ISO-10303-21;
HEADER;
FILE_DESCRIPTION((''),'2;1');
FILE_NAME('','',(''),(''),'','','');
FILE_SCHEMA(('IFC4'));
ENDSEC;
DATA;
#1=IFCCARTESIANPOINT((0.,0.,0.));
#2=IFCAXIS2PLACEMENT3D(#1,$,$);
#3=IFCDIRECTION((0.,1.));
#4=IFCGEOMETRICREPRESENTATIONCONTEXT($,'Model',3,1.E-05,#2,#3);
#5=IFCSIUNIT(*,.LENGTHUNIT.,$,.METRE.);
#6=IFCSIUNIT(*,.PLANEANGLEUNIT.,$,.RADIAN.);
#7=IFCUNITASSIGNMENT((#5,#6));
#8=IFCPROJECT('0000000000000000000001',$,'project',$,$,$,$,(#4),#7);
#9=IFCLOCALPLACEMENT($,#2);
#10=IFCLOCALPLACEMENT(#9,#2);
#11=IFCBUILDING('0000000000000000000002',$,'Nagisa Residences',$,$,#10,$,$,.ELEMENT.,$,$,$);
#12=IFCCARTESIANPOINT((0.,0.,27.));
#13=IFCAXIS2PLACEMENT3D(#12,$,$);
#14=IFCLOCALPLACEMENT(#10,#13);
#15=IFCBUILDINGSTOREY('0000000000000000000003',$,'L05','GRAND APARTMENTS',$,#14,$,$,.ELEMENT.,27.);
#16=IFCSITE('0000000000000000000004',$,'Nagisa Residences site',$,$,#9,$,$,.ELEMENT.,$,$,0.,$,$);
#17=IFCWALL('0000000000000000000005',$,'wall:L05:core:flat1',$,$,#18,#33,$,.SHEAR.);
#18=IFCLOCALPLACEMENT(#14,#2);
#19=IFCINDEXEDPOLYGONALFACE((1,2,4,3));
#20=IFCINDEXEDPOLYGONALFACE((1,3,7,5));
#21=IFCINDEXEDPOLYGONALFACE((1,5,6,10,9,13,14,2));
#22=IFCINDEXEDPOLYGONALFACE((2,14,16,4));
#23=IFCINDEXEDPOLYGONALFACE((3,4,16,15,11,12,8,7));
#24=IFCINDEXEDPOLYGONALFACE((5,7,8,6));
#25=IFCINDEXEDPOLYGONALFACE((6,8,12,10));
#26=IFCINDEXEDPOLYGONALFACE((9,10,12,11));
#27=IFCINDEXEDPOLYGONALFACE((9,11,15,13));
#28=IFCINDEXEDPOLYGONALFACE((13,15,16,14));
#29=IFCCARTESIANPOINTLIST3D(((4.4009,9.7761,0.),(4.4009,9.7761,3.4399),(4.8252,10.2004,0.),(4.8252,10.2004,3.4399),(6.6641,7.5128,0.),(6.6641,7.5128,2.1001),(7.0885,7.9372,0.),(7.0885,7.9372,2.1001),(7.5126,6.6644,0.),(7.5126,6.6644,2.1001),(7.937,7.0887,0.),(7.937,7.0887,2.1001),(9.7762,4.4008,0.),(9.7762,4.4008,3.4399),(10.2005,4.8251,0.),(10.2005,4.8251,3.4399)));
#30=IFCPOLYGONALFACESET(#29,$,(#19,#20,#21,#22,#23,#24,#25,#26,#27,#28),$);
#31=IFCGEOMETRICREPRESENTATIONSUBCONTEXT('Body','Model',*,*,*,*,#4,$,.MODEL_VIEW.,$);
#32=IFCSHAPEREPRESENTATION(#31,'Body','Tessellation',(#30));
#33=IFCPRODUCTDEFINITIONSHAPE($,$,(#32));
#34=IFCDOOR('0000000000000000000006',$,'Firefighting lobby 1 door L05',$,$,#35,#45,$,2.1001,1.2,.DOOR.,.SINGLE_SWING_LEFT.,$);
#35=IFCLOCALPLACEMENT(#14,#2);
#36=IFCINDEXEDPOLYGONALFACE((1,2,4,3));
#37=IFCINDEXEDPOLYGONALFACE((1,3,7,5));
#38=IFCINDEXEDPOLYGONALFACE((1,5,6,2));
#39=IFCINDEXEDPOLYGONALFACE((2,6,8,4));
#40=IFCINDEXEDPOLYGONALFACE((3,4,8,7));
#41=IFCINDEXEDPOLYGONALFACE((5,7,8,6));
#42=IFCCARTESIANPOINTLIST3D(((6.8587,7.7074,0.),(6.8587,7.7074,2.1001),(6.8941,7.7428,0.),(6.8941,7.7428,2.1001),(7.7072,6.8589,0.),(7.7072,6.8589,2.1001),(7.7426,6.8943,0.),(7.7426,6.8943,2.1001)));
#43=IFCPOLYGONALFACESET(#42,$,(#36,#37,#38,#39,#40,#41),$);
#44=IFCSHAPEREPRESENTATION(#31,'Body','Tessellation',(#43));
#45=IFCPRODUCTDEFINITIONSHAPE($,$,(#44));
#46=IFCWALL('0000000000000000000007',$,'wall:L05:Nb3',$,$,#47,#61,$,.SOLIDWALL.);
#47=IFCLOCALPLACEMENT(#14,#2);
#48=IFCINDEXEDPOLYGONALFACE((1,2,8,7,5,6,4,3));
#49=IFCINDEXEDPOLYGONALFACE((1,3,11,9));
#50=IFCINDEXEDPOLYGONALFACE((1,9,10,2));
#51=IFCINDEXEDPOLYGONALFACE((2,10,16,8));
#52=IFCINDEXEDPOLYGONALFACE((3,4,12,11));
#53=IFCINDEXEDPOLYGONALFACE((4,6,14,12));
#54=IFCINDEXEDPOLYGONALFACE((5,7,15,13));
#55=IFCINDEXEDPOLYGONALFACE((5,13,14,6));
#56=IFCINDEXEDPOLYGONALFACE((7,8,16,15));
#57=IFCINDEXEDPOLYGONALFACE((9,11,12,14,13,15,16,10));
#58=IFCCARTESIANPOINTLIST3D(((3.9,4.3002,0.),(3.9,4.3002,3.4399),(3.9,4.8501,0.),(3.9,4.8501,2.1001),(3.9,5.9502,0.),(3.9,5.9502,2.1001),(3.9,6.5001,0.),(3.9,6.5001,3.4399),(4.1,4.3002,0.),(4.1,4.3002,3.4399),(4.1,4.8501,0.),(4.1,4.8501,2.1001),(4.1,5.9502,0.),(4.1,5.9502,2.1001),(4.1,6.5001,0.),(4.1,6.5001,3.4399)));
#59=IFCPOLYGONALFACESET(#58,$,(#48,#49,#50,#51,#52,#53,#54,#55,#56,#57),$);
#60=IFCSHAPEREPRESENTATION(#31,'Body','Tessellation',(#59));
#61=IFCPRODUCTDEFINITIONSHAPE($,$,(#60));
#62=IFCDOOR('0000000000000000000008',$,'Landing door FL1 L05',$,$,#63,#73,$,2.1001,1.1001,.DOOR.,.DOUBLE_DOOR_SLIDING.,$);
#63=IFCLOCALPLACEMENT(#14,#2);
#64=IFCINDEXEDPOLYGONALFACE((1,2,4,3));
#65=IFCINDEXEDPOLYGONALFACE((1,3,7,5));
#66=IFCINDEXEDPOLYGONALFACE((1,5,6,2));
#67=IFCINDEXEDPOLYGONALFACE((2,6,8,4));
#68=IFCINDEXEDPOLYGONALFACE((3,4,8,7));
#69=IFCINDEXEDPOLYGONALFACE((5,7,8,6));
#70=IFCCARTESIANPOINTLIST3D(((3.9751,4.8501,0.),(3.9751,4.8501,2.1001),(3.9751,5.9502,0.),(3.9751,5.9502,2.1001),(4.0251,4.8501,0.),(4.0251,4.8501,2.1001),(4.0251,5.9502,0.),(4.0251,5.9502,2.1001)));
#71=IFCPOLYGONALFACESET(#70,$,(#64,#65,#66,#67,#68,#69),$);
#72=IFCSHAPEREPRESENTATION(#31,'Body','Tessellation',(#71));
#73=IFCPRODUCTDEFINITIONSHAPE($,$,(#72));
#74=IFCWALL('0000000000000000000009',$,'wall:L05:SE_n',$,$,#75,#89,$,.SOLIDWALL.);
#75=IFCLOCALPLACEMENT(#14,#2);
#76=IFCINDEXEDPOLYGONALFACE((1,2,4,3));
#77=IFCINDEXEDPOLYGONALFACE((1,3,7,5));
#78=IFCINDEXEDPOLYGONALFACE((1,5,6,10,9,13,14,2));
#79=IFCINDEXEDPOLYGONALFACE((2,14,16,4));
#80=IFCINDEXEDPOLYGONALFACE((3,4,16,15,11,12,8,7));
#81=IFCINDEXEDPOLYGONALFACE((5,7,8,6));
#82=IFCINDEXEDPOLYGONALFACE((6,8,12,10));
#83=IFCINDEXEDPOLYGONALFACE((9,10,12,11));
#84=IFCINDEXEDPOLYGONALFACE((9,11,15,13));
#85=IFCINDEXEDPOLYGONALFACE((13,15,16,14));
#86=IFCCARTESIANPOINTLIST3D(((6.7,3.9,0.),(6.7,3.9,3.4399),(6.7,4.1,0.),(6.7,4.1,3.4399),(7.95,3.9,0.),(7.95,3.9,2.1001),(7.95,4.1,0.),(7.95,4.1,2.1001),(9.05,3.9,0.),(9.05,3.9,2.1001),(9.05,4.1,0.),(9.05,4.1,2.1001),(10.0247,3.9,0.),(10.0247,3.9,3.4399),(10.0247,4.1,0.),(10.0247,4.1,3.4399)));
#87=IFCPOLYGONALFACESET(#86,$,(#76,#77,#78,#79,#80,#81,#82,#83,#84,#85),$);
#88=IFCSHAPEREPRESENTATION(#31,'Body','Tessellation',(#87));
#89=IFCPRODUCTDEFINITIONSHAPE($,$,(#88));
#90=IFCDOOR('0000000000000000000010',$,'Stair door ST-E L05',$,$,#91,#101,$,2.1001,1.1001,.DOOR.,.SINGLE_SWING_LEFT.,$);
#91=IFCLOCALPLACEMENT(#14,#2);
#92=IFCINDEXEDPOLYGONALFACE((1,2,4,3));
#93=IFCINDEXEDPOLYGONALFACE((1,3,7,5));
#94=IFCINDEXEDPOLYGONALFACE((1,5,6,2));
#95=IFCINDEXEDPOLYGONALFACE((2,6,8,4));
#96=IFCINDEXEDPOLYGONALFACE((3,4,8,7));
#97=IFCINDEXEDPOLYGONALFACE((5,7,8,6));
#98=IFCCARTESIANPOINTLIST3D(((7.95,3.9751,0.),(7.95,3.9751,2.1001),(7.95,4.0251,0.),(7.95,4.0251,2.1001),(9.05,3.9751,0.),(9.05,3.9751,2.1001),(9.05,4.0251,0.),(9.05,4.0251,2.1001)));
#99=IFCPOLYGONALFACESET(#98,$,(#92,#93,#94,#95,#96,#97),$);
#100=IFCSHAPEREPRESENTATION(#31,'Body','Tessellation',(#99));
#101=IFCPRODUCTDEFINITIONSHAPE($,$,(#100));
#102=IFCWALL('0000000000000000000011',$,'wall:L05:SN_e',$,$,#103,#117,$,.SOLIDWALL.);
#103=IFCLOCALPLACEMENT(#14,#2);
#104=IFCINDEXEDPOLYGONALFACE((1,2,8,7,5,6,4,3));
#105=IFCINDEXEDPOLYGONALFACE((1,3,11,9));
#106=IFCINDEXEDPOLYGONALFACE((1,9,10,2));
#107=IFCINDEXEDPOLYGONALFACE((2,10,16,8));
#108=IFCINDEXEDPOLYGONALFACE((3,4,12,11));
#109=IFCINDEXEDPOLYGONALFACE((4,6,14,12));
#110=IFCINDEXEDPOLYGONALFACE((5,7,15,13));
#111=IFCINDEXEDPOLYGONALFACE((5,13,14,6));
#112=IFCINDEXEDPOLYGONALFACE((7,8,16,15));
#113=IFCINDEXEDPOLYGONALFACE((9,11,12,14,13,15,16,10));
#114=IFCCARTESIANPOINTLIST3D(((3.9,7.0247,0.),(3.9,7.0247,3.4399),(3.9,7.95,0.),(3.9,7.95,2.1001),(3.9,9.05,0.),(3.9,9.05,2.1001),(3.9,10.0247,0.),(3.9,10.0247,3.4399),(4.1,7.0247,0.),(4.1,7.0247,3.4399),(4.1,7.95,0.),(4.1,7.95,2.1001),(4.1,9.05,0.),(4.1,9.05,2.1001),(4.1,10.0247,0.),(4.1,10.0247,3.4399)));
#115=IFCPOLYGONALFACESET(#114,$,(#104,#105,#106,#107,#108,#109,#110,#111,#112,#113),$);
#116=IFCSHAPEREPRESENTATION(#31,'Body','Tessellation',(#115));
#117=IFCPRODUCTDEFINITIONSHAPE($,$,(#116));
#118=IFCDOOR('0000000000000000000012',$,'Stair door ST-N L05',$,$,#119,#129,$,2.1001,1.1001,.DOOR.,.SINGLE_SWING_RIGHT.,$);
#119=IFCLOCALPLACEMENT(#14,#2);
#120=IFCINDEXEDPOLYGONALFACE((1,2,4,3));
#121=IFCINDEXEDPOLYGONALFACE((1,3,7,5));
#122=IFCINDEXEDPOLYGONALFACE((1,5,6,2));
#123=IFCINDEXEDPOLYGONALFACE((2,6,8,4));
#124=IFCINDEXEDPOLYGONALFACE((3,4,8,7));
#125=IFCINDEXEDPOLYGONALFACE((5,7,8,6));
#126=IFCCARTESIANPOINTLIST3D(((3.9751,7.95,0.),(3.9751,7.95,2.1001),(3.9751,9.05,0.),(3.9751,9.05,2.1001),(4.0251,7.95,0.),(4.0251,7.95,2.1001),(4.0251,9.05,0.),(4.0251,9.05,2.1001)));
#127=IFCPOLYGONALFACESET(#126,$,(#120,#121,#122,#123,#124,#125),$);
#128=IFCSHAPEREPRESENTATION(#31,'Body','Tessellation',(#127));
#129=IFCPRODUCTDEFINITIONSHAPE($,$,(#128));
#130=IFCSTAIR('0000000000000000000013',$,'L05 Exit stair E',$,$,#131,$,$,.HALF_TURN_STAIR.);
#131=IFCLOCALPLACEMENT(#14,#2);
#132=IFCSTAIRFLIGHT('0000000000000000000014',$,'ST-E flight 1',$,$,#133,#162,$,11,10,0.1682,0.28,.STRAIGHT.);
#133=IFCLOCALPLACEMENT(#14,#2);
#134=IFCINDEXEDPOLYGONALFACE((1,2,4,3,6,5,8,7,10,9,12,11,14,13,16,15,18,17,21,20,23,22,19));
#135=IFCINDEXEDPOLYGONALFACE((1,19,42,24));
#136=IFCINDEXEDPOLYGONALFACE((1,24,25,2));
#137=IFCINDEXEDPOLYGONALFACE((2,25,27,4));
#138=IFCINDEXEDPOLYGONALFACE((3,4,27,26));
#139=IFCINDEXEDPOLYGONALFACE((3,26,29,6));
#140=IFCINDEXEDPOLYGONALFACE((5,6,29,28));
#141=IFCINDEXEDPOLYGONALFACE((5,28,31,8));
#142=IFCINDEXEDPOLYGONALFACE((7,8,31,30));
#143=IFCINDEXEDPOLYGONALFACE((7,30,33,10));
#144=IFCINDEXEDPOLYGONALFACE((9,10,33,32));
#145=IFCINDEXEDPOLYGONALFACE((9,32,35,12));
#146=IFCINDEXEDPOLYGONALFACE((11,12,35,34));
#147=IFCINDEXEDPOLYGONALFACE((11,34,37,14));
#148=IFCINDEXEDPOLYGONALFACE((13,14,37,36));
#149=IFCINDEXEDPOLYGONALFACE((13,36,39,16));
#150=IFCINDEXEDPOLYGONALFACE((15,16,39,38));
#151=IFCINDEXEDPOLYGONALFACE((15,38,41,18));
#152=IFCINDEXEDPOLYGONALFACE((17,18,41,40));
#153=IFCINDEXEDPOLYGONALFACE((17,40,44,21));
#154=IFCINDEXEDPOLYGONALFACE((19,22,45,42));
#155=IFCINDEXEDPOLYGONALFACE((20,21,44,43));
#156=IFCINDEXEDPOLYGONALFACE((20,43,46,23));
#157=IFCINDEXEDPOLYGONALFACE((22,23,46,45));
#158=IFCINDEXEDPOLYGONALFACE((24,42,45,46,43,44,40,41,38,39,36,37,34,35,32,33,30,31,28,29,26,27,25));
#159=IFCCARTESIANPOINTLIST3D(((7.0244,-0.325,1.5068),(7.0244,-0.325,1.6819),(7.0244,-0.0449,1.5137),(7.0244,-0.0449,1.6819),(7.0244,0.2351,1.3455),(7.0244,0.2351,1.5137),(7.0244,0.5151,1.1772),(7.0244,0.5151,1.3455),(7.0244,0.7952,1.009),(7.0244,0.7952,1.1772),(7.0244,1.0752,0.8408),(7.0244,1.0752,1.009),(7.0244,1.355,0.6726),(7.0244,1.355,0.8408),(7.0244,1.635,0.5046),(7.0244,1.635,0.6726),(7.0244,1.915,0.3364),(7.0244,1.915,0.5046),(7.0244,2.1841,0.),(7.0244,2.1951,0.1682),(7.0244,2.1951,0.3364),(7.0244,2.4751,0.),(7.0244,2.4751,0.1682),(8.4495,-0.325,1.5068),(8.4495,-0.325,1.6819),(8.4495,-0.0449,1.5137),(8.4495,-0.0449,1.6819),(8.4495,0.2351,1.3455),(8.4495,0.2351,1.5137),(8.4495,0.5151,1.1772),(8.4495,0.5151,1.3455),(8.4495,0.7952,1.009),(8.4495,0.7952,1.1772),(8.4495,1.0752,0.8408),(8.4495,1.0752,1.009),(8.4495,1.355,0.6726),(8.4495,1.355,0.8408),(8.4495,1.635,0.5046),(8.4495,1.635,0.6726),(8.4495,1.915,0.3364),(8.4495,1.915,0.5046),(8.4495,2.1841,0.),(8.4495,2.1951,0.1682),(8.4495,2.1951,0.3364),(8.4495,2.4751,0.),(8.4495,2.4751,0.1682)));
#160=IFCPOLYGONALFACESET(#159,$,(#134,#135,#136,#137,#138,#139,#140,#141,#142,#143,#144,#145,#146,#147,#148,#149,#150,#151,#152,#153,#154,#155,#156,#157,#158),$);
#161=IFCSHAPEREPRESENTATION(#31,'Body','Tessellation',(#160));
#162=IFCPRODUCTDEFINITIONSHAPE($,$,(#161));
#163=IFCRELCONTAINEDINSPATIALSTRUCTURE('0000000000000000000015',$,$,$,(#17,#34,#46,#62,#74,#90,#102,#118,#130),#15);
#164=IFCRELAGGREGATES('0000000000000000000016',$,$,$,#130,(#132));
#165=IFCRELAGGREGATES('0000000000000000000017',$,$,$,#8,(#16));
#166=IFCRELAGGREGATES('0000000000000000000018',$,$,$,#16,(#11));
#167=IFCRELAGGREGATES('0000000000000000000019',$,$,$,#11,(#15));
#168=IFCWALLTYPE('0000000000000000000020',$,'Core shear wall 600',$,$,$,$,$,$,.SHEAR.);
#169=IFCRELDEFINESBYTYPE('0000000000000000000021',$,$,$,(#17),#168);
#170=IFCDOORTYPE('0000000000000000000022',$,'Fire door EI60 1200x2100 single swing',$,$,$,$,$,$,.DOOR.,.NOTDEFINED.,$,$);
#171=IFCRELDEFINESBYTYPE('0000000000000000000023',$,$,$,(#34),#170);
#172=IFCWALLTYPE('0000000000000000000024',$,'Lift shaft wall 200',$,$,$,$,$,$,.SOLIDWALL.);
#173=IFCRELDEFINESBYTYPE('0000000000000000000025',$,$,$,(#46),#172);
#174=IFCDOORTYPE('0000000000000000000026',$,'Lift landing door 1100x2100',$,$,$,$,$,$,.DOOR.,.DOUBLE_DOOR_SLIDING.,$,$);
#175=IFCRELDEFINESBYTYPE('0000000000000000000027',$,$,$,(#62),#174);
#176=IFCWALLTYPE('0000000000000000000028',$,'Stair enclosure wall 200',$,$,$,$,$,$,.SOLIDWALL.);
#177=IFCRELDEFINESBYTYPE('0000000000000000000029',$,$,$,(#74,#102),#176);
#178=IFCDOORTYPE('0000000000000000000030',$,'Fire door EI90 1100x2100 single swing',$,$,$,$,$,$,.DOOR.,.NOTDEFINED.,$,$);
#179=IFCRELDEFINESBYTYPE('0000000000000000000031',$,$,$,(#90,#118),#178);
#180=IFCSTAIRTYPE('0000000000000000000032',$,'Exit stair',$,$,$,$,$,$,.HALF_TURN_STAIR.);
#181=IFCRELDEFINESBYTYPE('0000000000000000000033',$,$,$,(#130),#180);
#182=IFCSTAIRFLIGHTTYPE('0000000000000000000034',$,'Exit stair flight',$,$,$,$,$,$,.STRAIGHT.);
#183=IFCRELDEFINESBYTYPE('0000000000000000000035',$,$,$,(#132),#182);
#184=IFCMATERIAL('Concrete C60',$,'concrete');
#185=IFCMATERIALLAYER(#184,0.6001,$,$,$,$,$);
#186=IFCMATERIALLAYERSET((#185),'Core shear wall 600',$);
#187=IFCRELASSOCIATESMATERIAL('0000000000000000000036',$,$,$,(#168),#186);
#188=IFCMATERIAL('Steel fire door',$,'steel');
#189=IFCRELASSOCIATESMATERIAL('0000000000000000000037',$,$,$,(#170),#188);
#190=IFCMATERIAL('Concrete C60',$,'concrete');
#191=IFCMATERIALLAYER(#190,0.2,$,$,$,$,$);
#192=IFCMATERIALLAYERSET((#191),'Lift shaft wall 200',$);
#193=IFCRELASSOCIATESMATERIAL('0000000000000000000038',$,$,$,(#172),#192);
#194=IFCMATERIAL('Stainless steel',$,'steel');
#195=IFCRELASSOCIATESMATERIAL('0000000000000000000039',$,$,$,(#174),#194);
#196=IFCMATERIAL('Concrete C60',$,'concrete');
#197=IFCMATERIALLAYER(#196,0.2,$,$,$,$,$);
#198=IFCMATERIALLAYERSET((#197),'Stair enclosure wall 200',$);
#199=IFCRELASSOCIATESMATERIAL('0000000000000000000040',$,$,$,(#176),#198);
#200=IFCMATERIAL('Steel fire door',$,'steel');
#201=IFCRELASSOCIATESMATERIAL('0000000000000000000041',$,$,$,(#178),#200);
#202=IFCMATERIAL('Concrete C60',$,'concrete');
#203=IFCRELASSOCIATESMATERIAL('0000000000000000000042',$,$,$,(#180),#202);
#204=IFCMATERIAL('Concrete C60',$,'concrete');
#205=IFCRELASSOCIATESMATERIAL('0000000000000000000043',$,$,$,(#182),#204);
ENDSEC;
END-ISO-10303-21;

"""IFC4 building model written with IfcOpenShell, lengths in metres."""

from ifc_helpers import new_model, si_unit, direction, frame, frame_2d, origin, place, context, subcontext, project, spatial, polyline, rectangle, outline, extrude, material, layer, layer_set, type_object, element, fill, aggregate, save


model = new_model("IFC4")

# Units and contexts
model_context = context("Model", 3, precision=1e-05, world=origin(), true_north=direction((0.0, 1.0)))
body_context = subcontext(model_context, "Body", "Model", "MODEL_VIEW")
ifc_project = project(units=[si_unit("LENGTHUNIT", "METRE"), si_unit("PLANEANGLEUNIT", "RADIAN")], contexts=[model_context])

# Site, building, storey
site_placement = place(None, origin())
site = spatial("IfcSite", under=ifc_project, at=site_placement, Name="Nagisa Residences site", CompositionType="ELEMENT", RefElevation=0.0)
building_placement = place(site_placement, origin())
building = spatial("IfcBuilding", under=site, at=building_placement, Name="Nagisa Residences", CompositionType="ELEMENT")
storey_placement = place(building_placement, frame((0.0, 0.0, 27.0)))
storey = spatial("IfcBuildingStorey", under=building, at=storey_placement, Name="L05", Description="GRAND APARTMENTS", CompositionType="ELEMENT", Elevation=27.0)

# Walls, openings, doors
ifc_material_1 = material(Name="Concrete C60", Category="concrete")
ifc_layer_1 = layer(ifc_material_1, 0.6001)
ifc_layer_set_1 = layer_set([ifc_layer_1], Name="Core shear wall 600")
wall_type_1 = type_object("IfcWallType", Name="Core shear wall 600", PredefinedType="SHEAR", material=ifc_layer_set_1)
wall_1_placement = place(storey_placement, frame((9.9883, 4.613, 0.0), z_axis=(0.0, 0.0, 1.0), x_axis=(-0.707107, 0.707107, 0.0)))
wall_1 = element("IfcWall", 1, at=wall_1_placement, inside=storey, type_object=wall_type_1, Name="wall:L05:core:flat1", PredefinedType="SHEAR", context=body_context, shape_type="SweptSolid", body=[
    extrude(rectangle(XDim=7.6018, YDim=0.6001, at=frame_2d((3.8008, 0.0))), origin(), (0.0, 0.0, 1.0), 3.4399),
])
opening_1_placement = place(wall_1_placement, frame((3.2009, 0.0, 0.0)))
opening_1 = element("IfcOpeningElement", 2, at=opening_1_placement, cuts=wall_1, PredefinedType="OPENING", context=body_context, shape_type="SweptSolid", body=[
    extrude(rectangle(XDim=1.2, YDim=2.1001, at=frame_2d((0.6001, 1.05))), frame((0.0, 0.3101, 0.0), z_axis=(0.0, -1.0, 0.0), x_axis=(1.0, 0.0, 0.0)), (0.0, 0.0, 1.0), 0.6201),
])
ifc_material_2 = material(Name="Steel fire door", Category="steel")
door_type_1 = type_object("IfcDoorType", Name="Fire door EI60 1200x2100 single swing", OperationType="NOTDEFINED", PredefinedType="DOOR", material=ifc_material_2)
door_1_placement = place(opening_1_placement, origin())
door_1 = element("IfcDoor", 3, at=door_1_placement, inside=storey, type_object=door_type_1, Name="Firefighting lobby 1 door L05", OperationType="SINGLE_SWING_LEFT", OverallHeight=2.1001, OverallWidth=1.2, PredefinedType="DOOR", context=body_context, shape_type="SweptSolid", body=[
    extrude(rectangle(XDim=1.2, YDim=2.1001, at=frame_2d((0.6001, 1.05))), frame((0.0, 0.0249, 0.0), z_axis=(0.0, -1.0, 0.0), x_axis=(1.0, 0.0, 0.0)), (0.0, 0.0, 1.0), 0.05),
])
fill(opening_1, door_1)
ifc_material_3 = material(Name="Concrete C60", Category="concrete")
ifc_layer_2 = layer(ifc_material_3, 0.2)
ifc_layer_set_2 = layer_set([ifc_layer_2], Name="Lift shaft wall 200")
wall_type_2 = type_object("IfcWallType", Name="Lift shaft wall 200", PredefinedType="SOLIDWALL", material=ifc_layer_set_2)
wall_2_placement = place(storey_placement, frame((4.0, 4.3, 0.0), z_axis=(0.0, 0.0, 1.0), x_axis=(0.0, 1.0, 0.0)))
wall_2 = element("IfcWall", 4, at=wall_2_placement, inside=storey, type_object=wall_type_2, Name="wall:L05:Nb3", PredefinedType="SOLIDWALL", context=body_context, shape_type="SweptSolid", body=[
    extrude(rectangle(XDim=2.2, YDim=0.2, at=frame_2d((1.1001, 0.0))), origin(), (0.0, 0.0, 1.0), 3.4399),
])
opening_2_placement = place(wall_2_placement, frame((0.55, 0.0, 0.0)))
opening_2 = element("IfcOpeningElement", 5, at=opening_2_placement, cuts=wall_2, PredefinedType="OPENING", context=body_context, shape_type="SweptSolid", body=[
    extrude(rectangle(XDim=1.1001, YDim=2.1001, at=frame_2d((0.55, 1.05))), frame((0.0, 0.1099, 0.0), z_axis=(0.0, -1.0, 0.0), x_axis=(1.0, 0.0, 0.0)), (0.0, 0.0, 1.0), 0.22),
])
ifc_material_4 = material(Name="Stainless steel", Category="steel")
door_type_2 = type_object("IfcDoorType", Name="Lift landing door 1100x2100", OperationType="DOUBLE_DOOR_SLIDING", PredefinedType="DOOR", material=ifc_material_4)
door_2_placement = place(opening_2_placement, origin())
door_2 = element("IfcDoor", 6, at=door_2_placement, inside=storey, type_object=door_type_2, Name="Landing door FL1 L05", OperationType="DOUBLE_DOOR_SLIDING", OverallHeight=2.1001, OverallWidth=1.1001, PredefinedType="DOOR", context=body_context, shape_type="SweptSolid", body=[
    extrude(rectangle(XDim=1.1001, YDim=2.1001, at=frame_2d((0.55, 1.05))), frame((0.0, 0.0249, 0.0), z_axis=(0.0, -1.0, 0.0), x_axis=(1.0, 0.0, 0.0)), (0.0, 0.0, 1.0), 0.05),
])
fill(opening_2, door_2)
ifc_material_5 = material(Name="Concrete C60", Category="concrete")
ifc_layer_3 = layer(ifc_material_5, 0.2)
ifc_layer_set_3 = layer_set([ifc_layer_3], Name="Stair enclosure wall 200")
wall_type_3 = type_object("IfcWallType", Name="Stair enclosure wall 200", PredefinedType="SOLIDWALL", material=ifc_layer_set_3)
wall_3_placement = place(storey_placement, frame((6.7, 4.0, 0.0), z_axis=(0.0, 0.0, 1.0), x_axis=(1.0, 0.0, 0.0)))
wall_3 = element("IfcWall", 7, at=wall_3_placement, inside=storey, type_object=wall_type_3, Name="wall:L05:SE_n", PredefinedType="SOLIDWALL", context=body_context, shape_type="SweptSolid", body=[
    extrude(rectangle(XDim=3.3247, YDim=0.2, at=frame_2d((1.6624, 0.0))), origin(), (0.0, 0.0, 1.0), 3.4399),
])
opening_3_placement = place(wall_3_placement, frame((1.25, 0.0, 0.0)))
opening_3 = element("IfcOpeningElement", 8, at=opening_3_placement, cuts=wall_3, PredefinedType="OPENING", context=body_context, shape_type="SweptSolid", body=[
    extrude(rectangle(XDim=1.1001, YDim=2.1001, at=frame_2d((0.55, 1.05))), frame((0.0, 0.1099, 0.0), z_axis=(0.0, -1.0, 0.0), x_axis=(1.0, 0.0, 0.0)), (0.0, 0.0, 1.0), 0.22),
])
ifc_material_6 = material(Name="Steel fire door", Category="steel")
door_type_3 = type_object("IfcDoorType", Name="Fire door EI90 1100x2100 single swing", OperationType="NOTDEFINED", PredefinedType="DOOR", material=ifc_material_6)
door_3_placement = place(opening_3_placement, frame((1.1001, 0.0, 0.0), x_axis=(-1.0, 0.0, 0.0)))
door_3 = element("IfcDoor", 9, at=door_3_placement, inside=storey, type_object=door_type_3, Name="Stair door ST-E L05", OperationType="SINGLE_SWING_LEFT", OverallHeight=2.1001, OverallWidth=1.1001, PredefinedType="DOOR", context=body_context, shape_type="SweptSolid", body=[
    extrude(rectangle(XDim=1.1001, YDim=2.1001, at=frame_2d((0.55, 1.05))), frame((0.0, 0.0249, 0.0), z_axis=(0.0, -1.0, 0.0), x_axis=(1.0, 0.0, 0.0)), (0.0, 0.0, 1.0), 0.05),
])
fill(opening_3, door_3)
wall_4_placement = place(storey_placement, frame((4.0, 7.0247, 0.0), z_axis=(0.0, 0.0, 1.0), x_axis=(0.0, 1.0, 0.0)))
wall_4 = element("IfcWall", 10, at=wall_4_placement, inside=storey, type_object=wall_type_3, Name="wall:L05:SN_e", PredefinedType="SOLIDWALL", context=body_context, shape_type="SweptSolid", body=[
    extrude(rectangle(XDim=3.0, YDim=0.2, at=frame_2d((1.5, 0.0))), origin(), (0.0, 0.0, 1.0), 3.4399),
])
opening_4_placement = place(wall_4_placement, frame((0.9253, 0.0, 0.0)))
opening_4 = element("IfcOpeningElement", 11, at=opening_4_placement, cuts=wall_4, PredefinedType="OPENING", context=body_context, shape_type="SweptSolid", body=[
    extrude(rectangle(XDim=1.1001, YDim=2.1001, at=frame_2d((0.55, 1.05))), frame((0.0, 0.1099, 0.0), z_axis=(0.0, -1.0, 0.0), x_axis=(1.0, 0.0, 0.0)), (0.0, 0.0, 1.0), 0.22),
])
door_4_placement = place(opening_4_placement, origin())
door_4 = element("IfcDoor", 12, at=door_4_placement, inside=storey, type_object=door_type_3, Name="Stair door ST-N L05", OperationType="SINGLE_SWING_RIGHT", OverallHeight=2.1001, OverallWidth=1.1001, PredefinedType="DOOR", context=body_context, shape_type="SweptSolid", body=[
    extrude(rectangle(XDim=1.1001, YDim=2.1001, at=frame_2d((0.55, 1.05))), frame((0.0, 0.0249, 0.0), z_axis=(0.0, -1.0, 0.0), x_axis=(1.0, 0.0, 0.0)), (0.0, 0.0, 1.0), 0.05),
])
fill(opening_4, door_4)

# Stair, stair flight
ifc_material_7 = material(Name="Concrete C60", Category="concrete")
stair_type = type_object("IfcStairType", Name="Exit stair", PredefinedType="HALF_TURN_STAIR", material=ifc_material_7)
stair_1_placement = place(storey_placement, origin())
stair_1 = element("IfcStair", 13, at=stair_1_placement, inside=storey, type_object=stair_type, Name="L05 Exit stair E", PredefinedType="HALF_TURN_STAIR")
ifc_material_8 = material(Name="Concrete C60", Category="concrete")
stair_flight_type = type_object("IfcStairFlightType", Name="Exit stair flight", PredefinedType="STRAIGHT", material=ifc_material_8)
stair_flight_1_placement = place(storey_placement, frame((7.7371, 2.4751, 0.0), z_axis=(0.0, 0.0, 1.0), x_axis=(0.0, -1.0, 0.0)))
stair_flight_1 = element("IfcStairFlight", 14, at=stair_flight_1_placement, type_object=stair_flight_type, Name="ST-E flight 1", NumberOfRisers=11, NumberOfTreads=10, PredefinedType="STRAIGHT", RiserHeight=0.1682, TreadLength=0.28, context=body_context, shape_type="SweptSolid", body=[
    extrude(outline(polyline([(0.0, 0.0), (0.0, 0.1682), (0.28, 0.1682), (0.28, 0.3364), (0.5601, 0.3364), (0.5601, 0.5046), (0.8401, 0.5046), (0.8401, 0.6726), (1.1201, 0.6726), (1.1201, 0.8408), (1.3999, 0.8408), (1.3999, 1.009), (1.6799, 1.009), (1.6799, 1.1772), (1.96, 1.1772), (1.96, 1.3455), (2.24, 1.3455), (2.24, 1.5137), (2.52, 1.5137), (2.52, 1.6819), (2.8, 1.6819), (2.8, 1.8501), (2.8, 1.5068), (0.291, 0.0), (0.0, 0.0)])), frame((0.0, 0.7124, 0.0), z_axis=(0.0, -1.0, 0.0), x_axis=(1.0, 0.0, 0.0)), (0.0, 0.0, 1.0), 1.425),
])
aggregate(stair_1, [stair_flight_1])

save(model, "model.ifc")
